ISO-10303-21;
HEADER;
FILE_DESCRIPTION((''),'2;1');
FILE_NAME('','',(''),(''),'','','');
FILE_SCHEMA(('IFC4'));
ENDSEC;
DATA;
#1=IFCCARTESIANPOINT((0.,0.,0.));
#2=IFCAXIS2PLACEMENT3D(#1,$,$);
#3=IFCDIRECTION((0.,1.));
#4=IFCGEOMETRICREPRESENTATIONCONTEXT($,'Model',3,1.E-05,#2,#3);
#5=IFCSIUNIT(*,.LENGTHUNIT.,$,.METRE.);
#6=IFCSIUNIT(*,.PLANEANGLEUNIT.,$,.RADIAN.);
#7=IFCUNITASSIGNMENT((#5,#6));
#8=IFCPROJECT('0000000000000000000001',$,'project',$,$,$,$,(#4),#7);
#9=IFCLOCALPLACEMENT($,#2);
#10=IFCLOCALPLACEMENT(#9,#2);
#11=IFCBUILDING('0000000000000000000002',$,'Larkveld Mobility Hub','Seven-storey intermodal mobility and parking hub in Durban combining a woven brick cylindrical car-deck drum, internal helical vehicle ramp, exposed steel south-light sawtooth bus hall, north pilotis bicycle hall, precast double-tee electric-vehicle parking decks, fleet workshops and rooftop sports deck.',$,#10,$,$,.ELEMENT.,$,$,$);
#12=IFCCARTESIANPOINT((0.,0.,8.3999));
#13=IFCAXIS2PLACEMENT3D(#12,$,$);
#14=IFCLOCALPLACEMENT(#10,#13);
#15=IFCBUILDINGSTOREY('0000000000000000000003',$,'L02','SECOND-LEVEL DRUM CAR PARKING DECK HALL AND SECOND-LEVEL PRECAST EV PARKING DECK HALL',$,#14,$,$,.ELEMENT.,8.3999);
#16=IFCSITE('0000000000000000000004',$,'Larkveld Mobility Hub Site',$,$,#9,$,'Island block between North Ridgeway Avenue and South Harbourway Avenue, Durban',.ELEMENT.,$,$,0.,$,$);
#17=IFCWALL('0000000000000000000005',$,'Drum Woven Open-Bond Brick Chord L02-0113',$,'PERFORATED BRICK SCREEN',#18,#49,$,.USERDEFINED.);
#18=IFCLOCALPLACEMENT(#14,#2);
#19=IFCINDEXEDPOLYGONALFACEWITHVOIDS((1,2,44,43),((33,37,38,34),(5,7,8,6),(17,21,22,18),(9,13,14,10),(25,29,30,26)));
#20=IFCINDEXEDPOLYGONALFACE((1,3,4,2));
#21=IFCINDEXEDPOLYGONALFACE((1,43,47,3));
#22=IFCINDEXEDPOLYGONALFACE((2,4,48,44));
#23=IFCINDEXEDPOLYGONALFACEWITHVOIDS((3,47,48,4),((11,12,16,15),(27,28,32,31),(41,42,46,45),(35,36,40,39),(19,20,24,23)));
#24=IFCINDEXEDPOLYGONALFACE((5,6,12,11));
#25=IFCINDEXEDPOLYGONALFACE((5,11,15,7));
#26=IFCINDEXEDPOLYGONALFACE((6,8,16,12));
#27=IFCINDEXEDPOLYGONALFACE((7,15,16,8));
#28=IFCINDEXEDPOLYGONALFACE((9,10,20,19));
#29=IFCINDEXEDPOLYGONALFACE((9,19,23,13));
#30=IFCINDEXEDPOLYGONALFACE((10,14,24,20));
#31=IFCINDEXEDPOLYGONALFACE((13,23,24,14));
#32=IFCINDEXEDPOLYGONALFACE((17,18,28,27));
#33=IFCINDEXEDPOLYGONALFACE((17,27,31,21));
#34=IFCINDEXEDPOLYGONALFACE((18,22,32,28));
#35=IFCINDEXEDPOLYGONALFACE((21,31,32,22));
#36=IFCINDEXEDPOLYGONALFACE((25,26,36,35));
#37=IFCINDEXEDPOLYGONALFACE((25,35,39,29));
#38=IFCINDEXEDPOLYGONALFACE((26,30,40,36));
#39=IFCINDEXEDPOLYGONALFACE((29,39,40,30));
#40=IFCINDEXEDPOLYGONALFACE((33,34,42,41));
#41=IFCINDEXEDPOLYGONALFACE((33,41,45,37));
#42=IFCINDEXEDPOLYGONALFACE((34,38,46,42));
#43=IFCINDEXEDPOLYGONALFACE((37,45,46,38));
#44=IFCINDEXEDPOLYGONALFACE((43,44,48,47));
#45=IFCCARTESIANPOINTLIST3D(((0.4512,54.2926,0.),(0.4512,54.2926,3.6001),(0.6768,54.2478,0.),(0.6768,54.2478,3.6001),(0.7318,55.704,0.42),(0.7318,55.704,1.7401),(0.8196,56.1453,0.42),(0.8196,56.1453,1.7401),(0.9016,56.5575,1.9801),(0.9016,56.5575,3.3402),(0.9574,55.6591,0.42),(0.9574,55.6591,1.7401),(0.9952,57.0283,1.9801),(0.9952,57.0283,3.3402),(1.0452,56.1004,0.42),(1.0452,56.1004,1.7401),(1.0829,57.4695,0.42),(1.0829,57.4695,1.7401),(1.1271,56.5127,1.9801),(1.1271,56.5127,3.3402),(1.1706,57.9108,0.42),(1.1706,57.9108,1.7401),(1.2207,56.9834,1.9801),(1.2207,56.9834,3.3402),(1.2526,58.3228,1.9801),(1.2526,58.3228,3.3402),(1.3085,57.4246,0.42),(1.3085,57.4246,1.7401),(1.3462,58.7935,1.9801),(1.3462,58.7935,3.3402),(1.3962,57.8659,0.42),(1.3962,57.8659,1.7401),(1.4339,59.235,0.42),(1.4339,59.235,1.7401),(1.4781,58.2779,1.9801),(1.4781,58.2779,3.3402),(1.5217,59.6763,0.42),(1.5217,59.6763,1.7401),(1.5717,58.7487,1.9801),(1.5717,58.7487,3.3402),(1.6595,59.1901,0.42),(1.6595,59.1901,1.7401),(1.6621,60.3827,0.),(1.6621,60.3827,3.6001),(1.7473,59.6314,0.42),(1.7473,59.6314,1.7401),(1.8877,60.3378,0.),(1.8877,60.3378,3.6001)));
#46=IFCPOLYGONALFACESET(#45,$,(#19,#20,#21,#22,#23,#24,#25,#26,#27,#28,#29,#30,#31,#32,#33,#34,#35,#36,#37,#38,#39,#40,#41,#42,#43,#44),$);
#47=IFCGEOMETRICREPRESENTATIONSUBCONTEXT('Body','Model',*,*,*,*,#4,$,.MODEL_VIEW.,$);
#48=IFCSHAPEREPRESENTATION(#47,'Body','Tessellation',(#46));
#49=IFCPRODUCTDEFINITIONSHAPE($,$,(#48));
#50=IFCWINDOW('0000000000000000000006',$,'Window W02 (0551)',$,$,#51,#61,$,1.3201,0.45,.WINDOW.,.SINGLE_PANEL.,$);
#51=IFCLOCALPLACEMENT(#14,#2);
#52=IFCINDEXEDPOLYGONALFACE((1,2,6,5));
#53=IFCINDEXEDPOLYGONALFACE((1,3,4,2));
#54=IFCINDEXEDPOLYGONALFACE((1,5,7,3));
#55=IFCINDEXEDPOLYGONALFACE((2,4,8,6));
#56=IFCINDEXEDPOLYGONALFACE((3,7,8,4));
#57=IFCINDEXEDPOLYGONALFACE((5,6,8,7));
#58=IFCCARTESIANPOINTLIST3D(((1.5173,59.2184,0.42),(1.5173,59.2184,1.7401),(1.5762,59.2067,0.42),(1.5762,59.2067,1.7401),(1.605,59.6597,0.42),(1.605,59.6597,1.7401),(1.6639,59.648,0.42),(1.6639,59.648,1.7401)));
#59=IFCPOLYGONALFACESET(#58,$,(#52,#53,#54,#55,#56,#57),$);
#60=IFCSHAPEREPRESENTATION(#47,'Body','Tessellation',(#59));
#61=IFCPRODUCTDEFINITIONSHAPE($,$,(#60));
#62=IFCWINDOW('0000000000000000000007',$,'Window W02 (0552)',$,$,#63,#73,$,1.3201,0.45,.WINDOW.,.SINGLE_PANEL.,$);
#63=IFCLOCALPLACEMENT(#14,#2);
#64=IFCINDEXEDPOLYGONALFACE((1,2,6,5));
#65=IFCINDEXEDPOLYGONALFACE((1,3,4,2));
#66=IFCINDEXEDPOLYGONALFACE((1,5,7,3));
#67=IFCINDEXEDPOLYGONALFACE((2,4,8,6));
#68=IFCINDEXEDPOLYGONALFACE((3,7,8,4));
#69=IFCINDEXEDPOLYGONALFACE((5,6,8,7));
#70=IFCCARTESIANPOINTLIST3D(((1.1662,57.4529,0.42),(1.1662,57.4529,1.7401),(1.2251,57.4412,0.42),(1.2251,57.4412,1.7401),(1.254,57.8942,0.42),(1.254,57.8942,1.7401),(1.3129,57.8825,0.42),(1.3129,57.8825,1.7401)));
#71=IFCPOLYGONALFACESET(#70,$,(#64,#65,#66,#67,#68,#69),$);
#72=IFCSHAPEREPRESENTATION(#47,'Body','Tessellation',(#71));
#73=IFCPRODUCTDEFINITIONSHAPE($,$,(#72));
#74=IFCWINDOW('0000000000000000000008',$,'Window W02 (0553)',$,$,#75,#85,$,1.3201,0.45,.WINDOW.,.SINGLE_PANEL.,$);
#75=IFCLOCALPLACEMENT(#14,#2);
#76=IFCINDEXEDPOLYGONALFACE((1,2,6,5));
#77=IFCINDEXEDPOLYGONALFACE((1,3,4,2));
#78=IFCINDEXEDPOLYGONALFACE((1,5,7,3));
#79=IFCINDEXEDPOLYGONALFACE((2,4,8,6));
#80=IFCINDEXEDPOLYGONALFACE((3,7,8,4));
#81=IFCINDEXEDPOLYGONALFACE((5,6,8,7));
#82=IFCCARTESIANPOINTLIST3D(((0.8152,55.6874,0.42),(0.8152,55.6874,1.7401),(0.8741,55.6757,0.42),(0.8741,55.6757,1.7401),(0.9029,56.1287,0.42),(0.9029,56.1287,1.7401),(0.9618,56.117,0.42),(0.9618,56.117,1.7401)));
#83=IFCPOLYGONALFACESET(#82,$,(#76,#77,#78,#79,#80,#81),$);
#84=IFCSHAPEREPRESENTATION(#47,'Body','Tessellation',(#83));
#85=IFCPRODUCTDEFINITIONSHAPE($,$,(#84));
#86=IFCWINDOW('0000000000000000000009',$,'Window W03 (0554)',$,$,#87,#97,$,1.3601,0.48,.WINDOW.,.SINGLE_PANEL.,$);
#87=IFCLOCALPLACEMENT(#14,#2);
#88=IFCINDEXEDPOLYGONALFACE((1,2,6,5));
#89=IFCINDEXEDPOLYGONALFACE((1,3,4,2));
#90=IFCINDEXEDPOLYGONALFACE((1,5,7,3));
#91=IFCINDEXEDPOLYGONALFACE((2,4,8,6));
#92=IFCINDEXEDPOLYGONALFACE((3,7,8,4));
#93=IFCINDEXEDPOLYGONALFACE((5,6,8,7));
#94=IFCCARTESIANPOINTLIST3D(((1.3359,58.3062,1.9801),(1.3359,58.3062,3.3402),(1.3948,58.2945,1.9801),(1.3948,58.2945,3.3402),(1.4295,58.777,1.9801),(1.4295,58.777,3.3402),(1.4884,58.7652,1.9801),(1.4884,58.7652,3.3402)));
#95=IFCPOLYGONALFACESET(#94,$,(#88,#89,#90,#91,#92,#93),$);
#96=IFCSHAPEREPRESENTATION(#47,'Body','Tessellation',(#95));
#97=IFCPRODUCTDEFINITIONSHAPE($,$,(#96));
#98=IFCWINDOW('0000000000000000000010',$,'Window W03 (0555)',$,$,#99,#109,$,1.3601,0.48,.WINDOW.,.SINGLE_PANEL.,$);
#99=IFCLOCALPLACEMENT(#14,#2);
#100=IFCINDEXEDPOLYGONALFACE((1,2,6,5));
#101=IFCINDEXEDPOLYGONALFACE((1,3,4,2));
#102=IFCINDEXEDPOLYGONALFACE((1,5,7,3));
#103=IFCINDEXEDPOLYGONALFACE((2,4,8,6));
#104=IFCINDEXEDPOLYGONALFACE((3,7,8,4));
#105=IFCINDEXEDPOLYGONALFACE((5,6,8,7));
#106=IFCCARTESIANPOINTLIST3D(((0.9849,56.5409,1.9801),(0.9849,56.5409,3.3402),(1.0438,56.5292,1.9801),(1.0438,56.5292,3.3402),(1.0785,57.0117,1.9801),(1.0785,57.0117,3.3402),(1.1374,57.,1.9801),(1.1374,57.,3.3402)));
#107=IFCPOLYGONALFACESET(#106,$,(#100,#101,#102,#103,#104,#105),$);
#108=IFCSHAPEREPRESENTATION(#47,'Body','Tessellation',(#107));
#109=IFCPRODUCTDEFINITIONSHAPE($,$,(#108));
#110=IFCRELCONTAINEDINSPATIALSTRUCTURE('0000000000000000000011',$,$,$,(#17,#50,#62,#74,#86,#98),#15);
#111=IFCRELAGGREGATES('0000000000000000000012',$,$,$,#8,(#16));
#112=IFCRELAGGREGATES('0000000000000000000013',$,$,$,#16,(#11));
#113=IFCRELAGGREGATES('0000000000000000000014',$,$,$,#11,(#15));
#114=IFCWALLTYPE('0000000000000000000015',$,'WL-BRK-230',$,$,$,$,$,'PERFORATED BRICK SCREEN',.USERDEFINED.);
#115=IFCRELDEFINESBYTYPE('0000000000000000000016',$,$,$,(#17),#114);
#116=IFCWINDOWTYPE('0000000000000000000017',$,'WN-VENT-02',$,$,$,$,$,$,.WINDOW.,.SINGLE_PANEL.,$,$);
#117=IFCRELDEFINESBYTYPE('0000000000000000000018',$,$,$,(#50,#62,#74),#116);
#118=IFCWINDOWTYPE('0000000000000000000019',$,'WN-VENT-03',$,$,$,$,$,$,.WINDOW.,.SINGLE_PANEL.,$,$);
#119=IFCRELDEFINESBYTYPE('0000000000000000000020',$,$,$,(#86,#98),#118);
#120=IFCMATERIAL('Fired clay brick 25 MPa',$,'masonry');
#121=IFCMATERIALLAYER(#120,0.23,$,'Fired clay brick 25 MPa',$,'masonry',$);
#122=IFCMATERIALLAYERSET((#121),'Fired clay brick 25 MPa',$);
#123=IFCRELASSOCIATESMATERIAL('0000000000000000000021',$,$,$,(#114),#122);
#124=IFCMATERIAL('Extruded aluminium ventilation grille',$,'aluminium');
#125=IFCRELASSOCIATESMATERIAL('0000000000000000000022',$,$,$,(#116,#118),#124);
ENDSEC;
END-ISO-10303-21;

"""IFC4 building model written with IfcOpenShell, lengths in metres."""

from ifc_helpers import new_model, si_unit, direction, frame, frame_2d, origin, place, context, subcontext, project, spatial, rectangle, extrude, material, layer, layer_set, type_object, element, fill, save


model = new_model("IFC4")

# Units and contexts
model_context = context("Model", 3, precision=1e-05, world=origin(), true_north=direction((0.0, 1.0)))
body_context = subcontext(model_context, "Body", "Model", "MODEL_VIEW")
ifc_project = project(units=[si_unit("LENGTHUNIT", "METRE"), si_unit("PLANEANGLEUNIT", "RADIAN")], contexts=[model_context])

# Site, building, storey
site_placement = place(None, origin())
site = spatial("IfcSite", under=ifc_project, at=site_placement, Name="Larkveld Mobility Hub Site", LongName="Island block between North Ridgeway Avenue and South Harbourway Avenue, Durban", CompositionType="ELEMENT", RefElevation=0.0)
building_placement = place(site_placement, origin())
building = spatial("IfcBuilding", under=site, at=building_placement, Name="Larkveld Mobility Hub", Description="Seven-storey intermodal mobility and parking hub in Durban combining a woven brick cylindrical car-deck drum, internal helical vehicle ramp, exposed steel south-light sawtooth bus hall, north pilotis bicycle hall, precast double-tee electric-vehicle parking decks, fleet workshops and rooftop sports deck.", CompositionType="ELEMENT")
storey_placement = place(building_placement, frame((0.0, 0.0, 8.3999)))
storey = spatial("IfcBuildingStorey", under=building, at=storey_placement, Name="L02", Description="SECOND-LEVEL DRUM CAR PARKING DECK HALL AND SECOND-LEVEL PRECAST EV PARKING DECK HALL", CompositionType="ELEMENT", Elevation=8.3999)

# Wall, openings, windows
ifc_material_1 = material(Name="Fired clay brick 25 MPa", Category="masonry")
ifc_layer_1 = layer(ifc_material_1, 0.23, Name="Fired clay brick 25 MPa", Category="masonry")
ifc_layer_set_1 = layer_set([ifc_layer_1], Name="Fired clay brick 25 MPa")
wall_type_1 = type_object("IfcWallType", Name="WL-BRK-230", ElementType="PERFORATED BRICK SCREEN", PredefinedType="USERDEFINED", material=ifc_layer_set_1)
wall_1_placement = place(storey_placement, frame((1.7749, 60.3601, 0.0), z_axis=(0.0, 0.0, 1.0), x_axis=(-0.19502, -0.980799, 0.0)))
wall_1 = element("IfcWall", 1, at=wall_1_placement, inside=storey, type_object=wall_type_1, Name="Drum Woven Open-Bond Brick Chord L02-0113", ObjectType="PERFORATED BRICK SCREEN", PredefinedType="USERDEFINED", context=body_context, shape_type="SweptSolid", body=[
    extrude(rectangle(XDim=6.2092, YDim=0.23, at=frame_2d((3.1045, 0.0))), origin(), (0.0, 0.0, 1.0), 3.6001),
])
opening_1_placement = place(wall_1_placement, frame((0.72, 0.0, 0.4199)))
opening_1 = element("IfcOpeningElement", 2, at=opening_1_placement, cuts=wall_1, PredefinedType="OPENING", context=body_context, shape_type="SweptSolid", body=[
    extrude(rectangle(XDim=0.45, YDim=1.3201, at=frame_2d((0.2251, 0.6602))), frame((0.0, 0.125, 0.0), z_axis=(0.0, -1.0, 0.0), x_axis=(1.0, 0.0, 0.0)), (0.0, 0.0, 1.0), 0.25),
])
opening_2_placement = place(wall_1_placement, frame((2.52, 0.0, 0.4199)))
opening_2 = element("IfcOpeningElement", 3, at=opening_2_placement, cuts=wall_1, PredefinedType="OPENING", context=body_context, shape_type="SweptSolid", body=[
    extrude(rectangle(XDim=0.45, YDim=1.3201, at=frame_2d((0.2251, 0.6602))), frame((0.0, 0.125, 0.0), z_axis=(0.0, -1.0, 0.0), x_axis=(1.0, 0.0, 0.0)), (0.0, 0.0, 1.0), 0.25),
])
opening_3_placement = place(wall_1_placement, frame((4.3201, 0.0, 0.4199)))
opening_3 = element("IfcOpeningElement", 4, at=opening_3_placement, cuts=wall_1, PredefinedType="OPENING", context=body_context, shape_type="SweptSolid", body=[
    extrude(rectangle(XDim=0.45, YDim=1.3201, at=frame_2d((0.2251, 0.6602))), frame((0.0, 0.125, 0.0), z_axis=(0.0, -1.0, 0.0), x_axis=(1.0, 0.0, 0.0)), (0.0, 0.0, 1.0), 0.25),
])
opening_4_placement = place(wall_1_placement, frame((1.6201, 0.0, 1.98)))
opening_4 = element("IfcOpeningElement", 5, at=opening_4_placement, cuts=wall_1, PredefinedType="OPENING", context=body_context, shape_type="SweptSolid", body=[
    extrude(rectangle(XDim=0.48, YDim=1.3601, at=frame_2d((0.24, 0.6802))), frame((0.0, 0.125, 0.0), z_axis=(0.0, -1.0, 0.0), x_axis=(1.0, 0.0, 0.0)), (0.0, 0.0, 1.0), 0.25),
])
opening_5_placement = place(wall_1_placement, frame((3.4199, 0.0, 1.98)))
opening_5 = element("IfcOpeningElement", 6, at=opening_5_placement, cuts=wall_1, PredefinedType="OPENING", context=body_context, shape_type="SweptSolid", body=[
    extrude(rectangle(XDim=0.48, YDim=1.3601, at=frame_2d((0.24, 0.6802))), frame((0.0, 0.125, 0.0), z_axis=(0.0, -1.0, 0.0), x_axis=(1.0, 0.0, 0.0)), (0.0, 0.0, 1.0), 0.25),
])
ifc_material_2 = material(Name="Extruded aluminium ventilation grille", Category="aluminium")
window_type_1 = type_object("IfcWindowType", Name="WN-VENT-02", PartitioningType="SINGLE_PANEL", PredefinedType="WINDOW", material=ifc_material_2)
window_1_placement = place(opening_1_placement, origin())
window_1 = element("IfcWindow", 7, at=window_1_placement, inside=storey, type_object=window_type_1, Name="Window W02 (0551)", OverallHeight=1.3201, OverallWidth=0.45, PartitioningType="SINGLE_PANEL", PredefinedType="WINDOW", context=body_context, shape_type="SweptSolid", body=[
    extrude(rectangle(XDim=0.45, YDim=1.3201, at=frame_2d((0.2251, 0.6602))), frame((0.0, 0.03, 0.0), z_axis=(0.0, -1.0, 0.0), x_axis=(1.0, 0.0, 0.0)), (0.0, 0.0, 1.0), 0.0601),
])
fill(opening_1, window_1)
window_2_placement = place(opening_2_placement, origin())
window_2 = element("IfcWindow", 8, at=window_2_placement, inside=storey, type_object=window_type_1, Name="Window W02 (0552)", OverallHeight=1.3201, OverallWidth=0.45, PartitioningType="SINGLE_PANEL", PredefinedType="WINDOW", context=body_context, shape_type="SweptSolid", body=[
    extrude(rectangle(XDim=0.45, YDim=1.3201, at=frame_2d((0.2251, 0.6602))), frame((0.0, 0.03, 0.0), z_axis=(0.0, -1.0, 0.0), x_axis=(1.0, 0.0, 0.0)), (0.0, 0.0, 1.0), 0.0601),
])
fill(opening_2, window_2)
window_3_placement = place(opening_3_placement, origin())
window_3 = element("IfcWindow", 9, at=window_3_placement, inside=storey, type_object=window_type_1, Name="Window W02 (0553)", OverallHeight=1.3201, OverallWidth=0.45, PartitioningType="SINGLE_PANEL", PredefinedType="WINDOW", context=body_context, shape_type="SweptSolid", body=[
    extrude(rectangle(XDim=0.45, YDim=1.3201, at=frame_2d((0.2251, 0.6602))), frame((0.0, 0.03, 0.0), z_axis=(0.0, -1.0, 0.0), x_axis=(1.0, 0.0, 0.0)), (0.0, 0.0, 1.0), 0.0601),
])
fill(opening_3, window_3)
window_type_2 = type_object("IfcWindowType", Name="WN-VENT-03", PartitioningType="SINGLE_PANEL", PredefinedType="WINDOW", material=ifc_material_2)
window_4_placement = place(opening_4_placement, origin())
window_4 = element("IfcWindow", 10, at=window_4_placement, inside=storey, type_object=window_type_2, Name="Window W03 (0554)", OverallHeight=1.3601, OverallWidth=0.48, PartitioningType="SINGLE_PANEL", PredefinedType="WINDOW", context=body_context, shape_type="SweptSolid", body=[
    extrude(rectangle(XDim=0.48, YDim=1.3601, at=frame_2d((0.24, 0.6802))), frame((0.0, 0.03, 0.0), z_axis=(0.0, -1.0, 0.0), x_axis=(1.0, 0.0, 0.0)), (0.0, 0.0, 1.0), 0.0601),
])
fill(opening_4, window_4)
window_5_placement = place(opening_5_placement, origin())
window_5 = element("IfcWindow", 11, at=window_5_placement, inside=storey, type_object=window_type_2, Name="Window W03 (0555)", OverallHeight=1.3601, OverallWidth=0.48, PartitioningType="SINGLE_PANEL", PredefinedType="WINDOW", context=body_context, shape_type="SweptSolid", body=[
    extrude(rectangle(XDim=0.48, YDim=1.3601, at=frame_2d((0.24, 0.6802))), frame((0.0, 0.03, 0.0), z_axis=(0.0, -1.0, 0.0), x_axis=(1.0, 0.0, 0.0)), (0.0, 0.0, 1.0), 0.0601),
])
fill(opening_5, window_5)

save(model, "model.ifc")
